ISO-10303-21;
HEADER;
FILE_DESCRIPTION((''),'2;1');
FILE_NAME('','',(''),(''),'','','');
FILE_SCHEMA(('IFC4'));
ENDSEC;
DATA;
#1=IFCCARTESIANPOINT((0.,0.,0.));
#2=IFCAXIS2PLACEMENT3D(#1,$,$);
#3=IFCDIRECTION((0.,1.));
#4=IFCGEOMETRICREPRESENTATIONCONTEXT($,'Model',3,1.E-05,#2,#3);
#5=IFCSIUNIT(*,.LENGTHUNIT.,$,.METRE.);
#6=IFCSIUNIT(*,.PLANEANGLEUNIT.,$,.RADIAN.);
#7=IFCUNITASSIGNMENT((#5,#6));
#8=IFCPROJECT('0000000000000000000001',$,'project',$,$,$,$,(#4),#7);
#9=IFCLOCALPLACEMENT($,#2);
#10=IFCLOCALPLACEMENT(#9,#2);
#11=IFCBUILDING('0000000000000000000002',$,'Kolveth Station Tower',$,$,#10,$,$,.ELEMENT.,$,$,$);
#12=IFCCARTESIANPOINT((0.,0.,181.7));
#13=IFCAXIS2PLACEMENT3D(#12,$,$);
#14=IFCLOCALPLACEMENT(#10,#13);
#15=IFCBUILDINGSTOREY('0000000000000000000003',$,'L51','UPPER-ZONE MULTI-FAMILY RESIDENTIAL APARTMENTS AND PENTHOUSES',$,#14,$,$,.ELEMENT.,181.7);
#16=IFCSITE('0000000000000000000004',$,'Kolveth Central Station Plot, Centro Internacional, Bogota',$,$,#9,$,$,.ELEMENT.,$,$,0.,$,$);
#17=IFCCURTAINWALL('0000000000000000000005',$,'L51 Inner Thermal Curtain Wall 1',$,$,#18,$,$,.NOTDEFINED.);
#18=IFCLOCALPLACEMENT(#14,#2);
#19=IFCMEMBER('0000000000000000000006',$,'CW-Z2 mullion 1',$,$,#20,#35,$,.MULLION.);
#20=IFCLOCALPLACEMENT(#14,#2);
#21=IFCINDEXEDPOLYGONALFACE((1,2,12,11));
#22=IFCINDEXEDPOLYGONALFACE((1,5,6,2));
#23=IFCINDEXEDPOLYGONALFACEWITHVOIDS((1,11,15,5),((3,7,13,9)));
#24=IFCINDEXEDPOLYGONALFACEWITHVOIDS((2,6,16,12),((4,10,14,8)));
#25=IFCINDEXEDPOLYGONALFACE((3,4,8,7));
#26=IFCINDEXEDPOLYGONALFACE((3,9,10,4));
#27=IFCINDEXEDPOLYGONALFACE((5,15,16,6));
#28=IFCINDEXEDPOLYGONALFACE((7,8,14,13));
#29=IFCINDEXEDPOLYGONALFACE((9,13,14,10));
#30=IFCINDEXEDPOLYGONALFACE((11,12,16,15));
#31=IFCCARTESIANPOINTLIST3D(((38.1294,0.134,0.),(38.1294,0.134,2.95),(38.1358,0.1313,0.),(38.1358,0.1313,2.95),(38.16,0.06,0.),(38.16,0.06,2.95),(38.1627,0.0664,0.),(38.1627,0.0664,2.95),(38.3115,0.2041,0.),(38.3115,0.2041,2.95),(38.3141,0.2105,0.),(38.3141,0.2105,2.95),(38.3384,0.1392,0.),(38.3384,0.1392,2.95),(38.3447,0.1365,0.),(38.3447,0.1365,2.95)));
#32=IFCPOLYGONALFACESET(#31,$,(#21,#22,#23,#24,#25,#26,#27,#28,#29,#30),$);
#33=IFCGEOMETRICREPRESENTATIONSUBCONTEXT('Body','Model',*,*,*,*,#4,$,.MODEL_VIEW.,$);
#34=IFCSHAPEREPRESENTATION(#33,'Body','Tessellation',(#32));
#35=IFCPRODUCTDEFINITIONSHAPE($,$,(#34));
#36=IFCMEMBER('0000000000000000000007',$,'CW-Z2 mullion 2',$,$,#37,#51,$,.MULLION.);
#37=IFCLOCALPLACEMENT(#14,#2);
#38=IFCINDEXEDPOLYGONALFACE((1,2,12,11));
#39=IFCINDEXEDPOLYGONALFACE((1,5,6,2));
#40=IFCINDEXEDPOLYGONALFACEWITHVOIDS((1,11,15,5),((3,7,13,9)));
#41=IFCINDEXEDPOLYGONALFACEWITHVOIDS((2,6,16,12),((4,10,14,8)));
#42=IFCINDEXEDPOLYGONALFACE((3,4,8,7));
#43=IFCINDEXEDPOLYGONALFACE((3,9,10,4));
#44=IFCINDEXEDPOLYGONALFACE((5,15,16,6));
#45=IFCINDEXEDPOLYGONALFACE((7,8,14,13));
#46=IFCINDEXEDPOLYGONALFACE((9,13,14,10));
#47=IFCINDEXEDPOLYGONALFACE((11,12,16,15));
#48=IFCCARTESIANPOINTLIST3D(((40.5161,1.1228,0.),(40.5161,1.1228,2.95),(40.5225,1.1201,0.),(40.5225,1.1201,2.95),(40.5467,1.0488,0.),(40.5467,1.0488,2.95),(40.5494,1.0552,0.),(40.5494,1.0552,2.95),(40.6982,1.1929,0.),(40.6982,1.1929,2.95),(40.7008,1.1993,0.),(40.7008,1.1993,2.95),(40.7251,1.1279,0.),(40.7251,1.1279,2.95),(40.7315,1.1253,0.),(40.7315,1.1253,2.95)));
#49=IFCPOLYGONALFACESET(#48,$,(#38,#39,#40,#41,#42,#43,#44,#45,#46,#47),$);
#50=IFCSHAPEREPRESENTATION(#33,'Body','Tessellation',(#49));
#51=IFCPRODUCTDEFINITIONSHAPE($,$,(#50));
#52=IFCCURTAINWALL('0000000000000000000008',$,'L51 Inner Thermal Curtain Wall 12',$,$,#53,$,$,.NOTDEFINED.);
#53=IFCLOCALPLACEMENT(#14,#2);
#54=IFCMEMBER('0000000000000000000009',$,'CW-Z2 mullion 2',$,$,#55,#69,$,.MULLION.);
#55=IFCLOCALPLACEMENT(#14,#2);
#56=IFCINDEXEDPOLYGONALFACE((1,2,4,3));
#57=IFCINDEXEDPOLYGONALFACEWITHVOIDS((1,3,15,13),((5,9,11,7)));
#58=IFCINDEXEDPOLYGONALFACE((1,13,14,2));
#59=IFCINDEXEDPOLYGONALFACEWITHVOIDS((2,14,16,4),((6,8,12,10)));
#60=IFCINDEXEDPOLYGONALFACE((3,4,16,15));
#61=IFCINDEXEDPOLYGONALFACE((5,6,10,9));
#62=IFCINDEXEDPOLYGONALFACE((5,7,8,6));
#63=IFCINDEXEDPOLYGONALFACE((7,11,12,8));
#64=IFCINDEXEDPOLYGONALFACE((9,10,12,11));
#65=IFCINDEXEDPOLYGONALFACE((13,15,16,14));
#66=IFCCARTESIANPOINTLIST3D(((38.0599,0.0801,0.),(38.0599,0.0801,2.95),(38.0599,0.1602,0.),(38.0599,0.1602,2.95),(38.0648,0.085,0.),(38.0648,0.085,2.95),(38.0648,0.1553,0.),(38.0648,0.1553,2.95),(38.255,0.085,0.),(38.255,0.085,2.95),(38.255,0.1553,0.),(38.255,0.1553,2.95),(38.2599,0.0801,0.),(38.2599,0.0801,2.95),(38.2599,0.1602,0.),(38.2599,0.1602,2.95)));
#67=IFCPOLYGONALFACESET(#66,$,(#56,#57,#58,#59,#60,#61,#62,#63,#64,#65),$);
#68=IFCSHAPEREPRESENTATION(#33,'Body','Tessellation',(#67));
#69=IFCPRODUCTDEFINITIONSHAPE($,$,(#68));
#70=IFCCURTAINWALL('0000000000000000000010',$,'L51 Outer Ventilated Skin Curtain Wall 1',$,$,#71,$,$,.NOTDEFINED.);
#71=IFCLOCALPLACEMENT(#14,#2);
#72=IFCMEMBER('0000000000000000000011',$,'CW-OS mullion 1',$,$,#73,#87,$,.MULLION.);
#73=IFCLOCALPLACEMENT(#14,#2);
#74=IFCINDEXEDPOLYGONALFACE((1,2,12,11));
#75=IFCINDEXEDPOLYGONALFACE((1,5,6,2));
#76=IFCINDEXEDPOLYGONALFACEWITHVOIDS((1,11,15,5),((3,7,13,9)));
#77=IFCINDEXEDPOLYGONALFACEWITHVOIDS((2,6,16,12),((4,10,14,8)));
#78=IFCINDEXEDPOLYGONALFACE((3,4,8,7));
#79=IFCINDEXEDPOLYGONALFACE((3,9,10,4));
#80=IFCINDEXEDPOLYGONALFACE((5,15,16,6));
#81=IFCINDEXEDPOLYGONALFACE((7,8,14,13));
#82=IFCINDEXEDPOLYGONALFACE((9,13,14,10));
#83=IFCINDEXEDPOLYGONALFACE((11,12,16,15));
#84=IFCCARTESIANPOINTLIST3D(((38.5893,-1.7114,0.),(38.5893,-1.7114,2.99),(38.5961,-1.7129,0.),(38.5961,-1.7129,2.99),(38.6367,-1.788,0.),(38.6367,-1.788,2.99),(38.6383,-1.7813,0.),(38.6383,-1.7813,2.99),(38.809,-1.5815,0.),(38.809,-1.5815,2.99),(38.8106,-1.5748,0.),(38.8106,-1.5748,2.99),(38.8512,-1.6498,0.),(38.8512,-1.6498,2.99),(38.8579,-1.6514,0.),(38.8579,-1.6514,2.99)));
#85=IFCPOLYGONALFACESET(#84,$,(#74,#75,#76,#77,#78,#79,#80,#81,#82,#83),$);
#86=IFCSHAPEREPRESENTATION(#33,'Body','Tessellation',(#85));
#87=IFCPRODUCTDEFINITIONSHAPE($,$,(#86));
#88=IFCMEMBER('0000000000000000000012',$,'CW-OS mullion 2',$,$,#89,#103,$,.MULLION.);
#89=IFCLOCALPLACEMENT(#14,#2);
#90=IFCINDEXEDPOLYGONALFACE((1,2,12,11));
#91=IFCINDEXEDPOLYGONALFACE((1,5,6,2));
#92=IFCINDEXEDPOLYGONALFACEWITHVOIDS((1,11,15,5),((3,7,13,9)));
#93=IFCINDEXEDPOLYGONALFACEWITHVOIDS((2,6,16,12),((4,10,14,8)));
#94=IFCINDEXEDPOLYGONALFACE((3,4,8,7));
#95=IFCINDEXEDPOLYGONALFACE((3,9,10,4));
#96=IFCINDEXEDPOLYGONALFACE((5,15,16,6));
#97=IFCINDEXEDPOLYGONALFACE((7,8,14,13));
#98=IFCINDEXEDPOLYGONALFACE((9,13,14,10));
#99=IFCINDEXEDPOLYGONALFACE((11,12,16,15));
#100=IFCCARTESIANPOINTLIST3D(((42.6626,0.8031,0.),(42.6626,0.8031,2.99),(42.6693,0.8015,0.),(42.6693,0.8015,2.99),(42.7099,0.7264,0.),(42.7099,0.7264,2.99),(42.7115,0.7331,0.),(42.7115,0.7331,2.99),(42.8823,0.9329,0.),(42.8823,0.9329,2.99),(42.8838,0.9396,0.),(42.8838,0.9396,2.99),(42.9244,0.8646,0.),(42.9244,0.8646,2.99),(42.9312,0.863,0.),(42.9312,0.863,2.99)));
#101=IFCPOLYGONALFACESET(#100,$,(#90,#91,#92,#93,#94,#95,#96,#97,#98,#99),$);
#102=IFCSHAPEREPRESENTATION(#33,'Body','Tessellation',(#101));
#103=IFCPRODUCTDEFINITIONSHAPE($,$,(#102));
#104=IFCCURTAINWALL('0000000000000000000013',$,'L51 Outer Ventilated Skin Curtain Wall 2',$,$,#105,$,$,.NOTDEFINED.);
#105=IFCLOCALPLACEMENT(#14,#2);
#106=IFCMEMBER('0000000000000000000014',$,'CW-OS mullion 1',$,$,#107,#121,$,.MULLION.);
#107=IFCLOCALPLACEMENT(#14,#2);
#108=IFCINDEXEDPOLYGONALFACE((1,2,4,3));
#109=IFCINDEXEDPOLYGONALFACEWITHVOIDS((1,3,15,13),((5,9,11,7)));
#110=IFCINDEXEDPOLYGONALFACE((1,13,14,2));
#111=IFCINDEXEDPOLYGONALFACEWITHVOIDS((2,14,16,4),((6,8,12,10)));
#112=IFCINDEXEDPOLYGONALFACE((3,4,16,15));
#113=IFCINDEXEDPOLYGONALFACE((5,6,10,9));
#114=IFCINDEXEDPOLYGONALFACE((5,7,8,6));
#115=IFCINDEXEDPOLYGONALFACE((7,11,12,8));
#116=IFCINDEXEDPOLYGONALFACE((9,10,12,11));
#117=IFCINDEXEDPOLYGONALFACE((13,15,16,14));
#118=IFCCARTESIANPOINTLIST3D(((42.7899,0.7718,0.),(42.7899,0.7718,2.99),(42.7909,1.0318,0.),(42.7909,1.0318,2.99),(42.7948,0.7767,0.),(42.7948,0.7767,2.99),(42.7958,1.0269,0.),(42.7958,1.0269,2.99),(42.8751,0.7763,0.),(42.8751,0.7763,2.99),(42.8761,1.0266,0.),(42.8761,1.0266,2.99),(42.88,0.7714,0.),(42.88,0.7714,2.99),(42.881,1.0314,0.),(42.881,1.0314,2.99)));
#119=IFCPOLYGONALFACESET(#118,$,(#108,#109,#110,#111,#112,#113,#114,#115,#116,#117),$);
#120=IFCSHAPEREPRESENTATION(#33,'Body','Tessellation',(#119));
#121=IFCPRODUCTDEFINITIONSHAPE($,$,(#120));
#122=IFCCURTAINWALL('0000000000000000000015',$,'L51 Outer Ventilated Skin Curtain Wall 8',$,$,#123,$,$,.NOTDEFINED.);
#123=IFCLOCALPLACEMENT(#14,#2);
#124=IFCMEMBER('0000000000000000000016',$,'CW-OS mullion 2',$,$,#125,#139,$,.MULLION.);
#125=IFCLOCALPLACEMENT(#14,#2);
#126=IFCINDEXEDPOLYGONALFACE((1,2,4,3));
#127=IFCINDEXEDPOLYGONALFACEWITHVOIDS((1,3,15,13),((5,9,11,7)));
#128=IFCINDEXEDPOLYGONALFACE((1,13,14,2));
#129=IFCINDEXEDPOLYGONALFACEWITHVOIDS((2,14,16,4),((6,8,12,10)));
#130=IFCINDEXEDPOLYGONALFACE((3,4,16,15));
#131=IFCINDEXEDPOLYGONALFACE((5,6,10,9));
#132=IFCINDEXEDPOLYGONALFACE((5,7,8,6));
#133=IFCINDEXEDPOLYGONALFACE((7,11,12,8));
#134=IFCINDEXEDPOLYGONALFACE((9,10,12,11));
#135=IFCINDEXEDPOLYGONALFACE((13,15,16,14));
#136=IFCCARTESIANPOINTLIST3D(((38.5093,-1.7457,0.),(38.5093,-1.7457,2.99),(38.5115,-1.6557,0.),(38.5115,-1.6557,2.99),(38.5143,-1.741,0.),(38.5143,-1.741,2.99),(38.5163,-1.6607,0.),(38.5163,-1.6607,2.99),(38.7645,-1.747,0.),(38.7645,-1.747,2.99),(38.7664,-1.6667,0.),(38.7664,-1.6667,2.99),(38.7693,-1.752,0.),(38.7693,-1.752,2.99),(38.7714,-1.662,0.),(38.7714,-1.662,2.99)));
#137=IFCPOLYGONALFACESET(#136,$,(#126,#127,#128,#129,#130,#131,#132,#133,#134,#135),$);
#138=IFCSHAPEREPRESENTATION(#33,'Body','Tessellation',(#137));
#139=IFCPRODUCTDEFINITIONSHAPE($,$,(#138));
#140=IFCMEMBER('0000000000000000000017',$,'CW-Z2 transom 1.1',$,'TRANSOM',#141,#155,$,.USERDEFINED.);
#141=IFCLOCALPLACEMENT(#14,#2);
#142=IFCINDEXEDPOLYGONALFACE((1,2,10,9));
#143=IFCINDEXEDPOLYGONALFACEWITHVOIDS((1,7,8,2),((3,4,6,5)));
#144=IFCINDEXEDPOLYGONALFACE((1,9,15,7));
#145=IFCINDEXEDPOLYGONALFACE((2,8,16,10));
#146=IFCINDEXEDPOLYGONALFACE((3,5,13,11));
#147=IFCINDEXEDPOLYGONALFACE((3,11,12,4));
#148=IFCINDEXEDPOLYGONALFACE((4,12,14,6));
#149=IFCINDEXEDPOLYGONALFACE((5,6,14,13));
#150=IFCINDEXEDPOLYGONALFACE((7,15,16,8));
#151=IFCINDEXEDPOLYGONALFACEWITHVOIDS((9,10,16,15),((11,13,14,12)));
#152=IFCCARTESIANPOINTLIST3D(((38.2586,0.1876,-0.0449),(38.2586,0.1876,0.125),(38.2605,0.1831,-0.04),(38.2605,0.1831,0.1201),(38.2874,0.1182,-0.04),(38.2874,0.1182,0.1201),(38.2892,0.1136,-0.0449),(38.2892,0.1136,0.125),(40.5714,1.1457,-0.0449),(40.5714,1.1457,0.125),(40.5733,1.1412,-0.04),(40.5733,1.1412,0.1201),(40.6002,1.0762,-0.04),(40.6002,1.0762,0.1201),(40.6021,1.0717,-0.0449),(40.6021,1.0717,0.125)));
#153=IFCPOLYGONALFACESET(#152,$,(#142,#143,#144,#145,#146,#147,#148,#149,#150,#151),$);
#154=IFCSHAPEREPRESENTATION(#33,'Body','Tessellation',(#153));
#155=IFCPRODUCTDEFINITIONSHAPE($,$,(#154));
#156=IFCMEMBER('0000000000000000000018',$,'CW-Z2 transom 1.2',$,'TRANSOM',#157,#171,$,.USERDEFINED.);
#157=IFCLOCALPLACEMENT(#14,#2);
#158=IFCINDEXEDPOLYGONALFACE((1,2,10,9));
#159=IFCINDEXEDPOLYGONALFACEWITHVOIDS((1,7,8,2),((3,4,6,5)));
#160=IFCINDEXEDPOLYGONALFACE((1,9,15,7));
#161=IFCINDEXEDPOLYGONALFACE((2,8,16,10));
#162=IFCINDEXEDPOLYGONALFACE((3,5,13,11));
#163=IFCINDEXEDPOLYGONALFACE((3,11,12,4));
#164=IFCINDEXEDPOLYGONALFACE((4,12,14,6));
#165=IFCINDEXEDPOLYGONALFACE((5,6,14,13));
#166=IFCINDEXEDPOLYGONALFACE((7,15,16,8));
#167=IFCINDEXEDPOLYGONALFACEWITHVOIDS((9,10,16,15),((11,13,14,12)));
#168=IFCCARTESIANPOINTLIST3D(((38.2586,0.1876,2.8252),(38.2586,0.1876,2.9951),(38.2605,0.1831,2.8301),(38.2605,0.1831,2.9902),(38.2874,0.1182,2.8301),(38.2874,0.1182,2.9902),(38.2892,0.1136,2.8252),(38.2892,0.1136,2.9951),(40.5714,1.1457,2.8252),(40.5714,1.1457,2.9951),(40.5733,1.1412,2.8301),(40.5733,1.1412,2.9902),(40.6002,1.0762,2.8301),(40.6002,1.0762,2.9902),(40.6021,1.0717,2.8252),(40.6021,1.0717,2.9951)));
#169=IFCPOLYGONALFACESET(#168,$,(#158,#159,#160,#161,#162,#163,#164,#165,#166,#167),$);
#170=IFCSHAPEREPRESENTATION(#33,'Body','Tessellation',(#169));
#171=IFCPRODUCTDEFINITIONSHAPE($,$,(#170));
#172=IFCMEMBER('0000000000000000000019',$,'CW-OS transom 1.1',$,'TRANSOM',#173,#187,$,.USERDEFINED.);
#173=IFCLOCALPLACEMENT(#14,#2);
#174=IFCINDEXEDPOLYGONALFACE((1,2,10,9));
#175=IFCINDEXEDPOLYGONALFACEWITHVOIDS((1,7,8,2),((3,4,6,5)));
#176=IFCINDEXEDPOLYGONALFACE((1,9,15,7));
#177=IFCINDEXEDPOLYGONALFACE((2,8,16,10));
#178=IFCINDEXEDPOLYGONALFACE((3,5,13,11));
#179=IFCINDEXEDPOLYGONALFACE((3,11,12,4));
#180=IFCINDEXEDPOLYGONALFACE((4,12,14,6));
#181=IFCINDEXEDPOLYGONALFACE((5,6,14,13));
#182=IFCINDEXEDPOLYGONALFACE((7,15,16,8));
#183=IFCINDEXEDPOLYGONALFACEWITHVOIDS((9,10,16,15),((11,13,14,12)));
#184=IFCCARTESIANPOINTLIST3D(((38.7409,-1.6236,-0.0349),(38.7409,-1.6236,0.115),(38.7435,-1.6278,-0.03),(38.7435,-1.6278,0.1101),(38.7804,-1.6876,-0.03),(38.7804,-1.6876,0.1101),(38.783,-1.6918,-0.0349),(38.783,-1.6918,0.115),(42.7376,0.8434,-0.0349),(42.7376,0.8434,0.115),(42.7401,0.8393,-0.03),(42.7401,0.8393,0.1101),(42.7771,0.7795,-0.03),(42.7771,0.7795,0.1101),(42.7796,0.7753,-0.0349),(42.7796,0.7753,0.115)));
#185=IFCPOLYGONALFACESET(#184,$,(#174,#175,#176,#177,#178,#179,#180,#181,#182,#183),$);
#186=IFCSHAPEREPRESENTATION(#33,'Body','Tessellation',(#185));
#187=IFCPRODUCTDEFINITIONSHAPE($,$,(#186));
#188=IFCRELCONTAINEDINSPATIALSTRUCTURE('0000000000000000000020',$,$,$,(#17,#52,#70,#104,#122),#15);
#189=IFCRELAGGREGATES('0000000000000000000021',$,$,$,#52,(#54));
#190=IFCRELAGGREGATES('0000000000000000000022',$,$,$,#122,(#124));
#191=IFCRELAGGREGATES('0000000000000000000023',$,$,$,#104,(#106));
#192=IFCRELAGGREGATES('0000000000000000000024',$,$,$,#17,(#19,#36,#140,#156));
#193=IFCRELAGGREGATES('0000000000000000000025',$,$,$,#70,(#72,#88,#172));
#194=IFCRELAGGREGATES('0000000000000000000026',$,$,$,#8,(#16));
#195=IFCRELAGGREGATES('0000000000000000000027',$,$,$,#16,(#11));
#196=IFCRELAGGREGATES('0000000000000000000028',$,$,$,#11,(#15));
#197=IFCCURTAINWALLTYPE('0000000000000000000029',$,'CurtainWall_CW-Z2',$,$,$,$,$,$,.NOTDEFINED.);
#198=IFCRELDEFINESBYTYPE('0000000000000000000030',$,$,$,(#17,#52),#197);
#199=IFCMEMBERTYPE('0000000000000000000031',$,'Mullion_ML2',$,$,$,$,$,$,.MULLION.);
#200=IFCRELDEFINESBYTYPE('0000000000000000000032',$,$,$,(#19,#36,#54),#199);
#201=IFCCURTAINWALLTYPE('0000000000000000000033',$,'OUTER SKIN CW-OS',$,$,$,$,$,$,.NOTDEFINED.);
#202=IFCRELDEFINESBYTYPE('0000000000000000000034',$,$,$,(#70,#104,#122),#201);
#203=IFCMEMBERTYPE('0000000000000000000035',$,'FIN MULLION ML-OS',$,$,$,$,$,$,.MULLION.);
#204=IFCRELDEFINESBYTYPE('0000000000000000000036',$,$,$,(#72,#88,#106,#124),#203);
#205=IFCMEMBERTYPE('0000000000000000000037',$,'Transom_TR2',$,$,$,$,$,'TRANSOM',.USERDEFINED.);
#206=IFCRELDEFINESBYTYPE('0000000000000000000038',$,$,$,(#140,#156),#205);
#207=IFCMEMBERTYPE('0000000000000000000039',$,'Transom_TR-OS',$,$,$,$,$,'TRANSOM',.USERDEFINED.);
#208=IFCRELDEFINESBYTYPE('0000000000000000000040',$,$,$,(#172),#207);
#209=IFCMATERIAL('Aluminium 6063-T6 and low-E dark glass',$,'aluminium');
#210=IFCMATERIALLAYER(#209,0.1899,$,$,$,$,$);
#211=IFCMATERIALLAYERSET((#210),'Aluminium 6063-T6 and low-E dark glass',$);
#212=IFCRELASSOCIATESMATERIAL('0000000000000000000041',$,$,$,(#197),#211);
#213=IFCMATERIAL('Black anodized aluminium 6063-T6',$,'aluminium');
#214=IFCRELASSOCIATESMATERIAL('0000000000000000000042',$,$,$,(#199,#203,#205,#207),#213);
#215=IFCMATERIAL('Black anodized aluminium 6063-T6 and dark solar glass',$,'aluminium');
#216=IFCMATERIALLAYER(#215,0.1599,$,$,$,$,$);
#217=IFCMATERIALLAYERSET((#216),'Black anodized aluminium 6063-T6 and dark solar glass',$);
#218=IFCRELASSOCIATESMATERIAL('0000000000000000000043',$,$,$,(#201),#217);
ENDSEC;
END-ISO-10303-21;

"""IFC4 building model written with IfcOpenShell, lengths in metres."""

from ifc_helpers import new_model, si_unit, direction, frame, origin, origin_2d, place, context, subcontext, project, spatial, hollow_rectangle, extrude, source, transform, mapped, material, layer, layer_set, material_profile, profile_set, type_object, element, aggregate, save


model = new_model("IFC4")

# Units and contexts
model_context = context("Model", 3, precision=1e-05, world=origin(), true_north=direction((0.0, 1.0)))
body_context = subcontext(model_context, "Body", "Model", "MODEL_VIEW")
ifc_project = project(units=[si_unit("LENGTHUNIT", "METRE"), si_unit("PLANEANGLEUNIT", "RADIAN")], contexts=[model_context])

# Site, building, storey
site_placement = place(None, origin())
site = spatial("IfcSite", under=ifc_project, at=site_placement, Name="Kolveth Central Station Plot, Centro Internacional, Bogota", CompositionType="ELEMENT", RefElevation=0.0)
building_placement = place(site_placement, origin())
building = spatial("IfcBuilding", under=site, at=building_placement, Name="Kolveth Station Tower", CompositionType="ELEMENT")
storey_placement = place(building_placement, frame((0.0, 0.0, 181.7)))
storey = spatial("IfcBuildingStorey", under=building, at=storey_placement, Name="L51", Description="UPPER-ZONE MULTI-FAMILY RESIDENTIAL APARTMENTS AND PENTHOUSES", CompositionType="ELEMENT", Elevation=181.7)

# Curtain wall, members
ifc_material_1 = material(Name="Aluminium 6063-T6 and low-E dark glass", Category="aluminium")
ifc_layer_1 = layer(ifc_material_1, 0.1899)
ifc_layer_set_1 = layer_set([ifc_layer_1], Name="Aluminium 6063-T6 and low-E dark glass")
curtain_wall_type_1 = type_object("IfcCurtainWallType", Name="CurtainWall_CW-Z2", PredefinedType="NOTDEFINED", material=ifc_layer_set_1)
curtain_wall_1_placement = place(storey_placement, origin())
curtain_wall_1 = element("IfcCurtainWall", 1, at=curtain_wall_1_placement, inside=storey, type_object=curtain_wall_type_1, Name="L51 Inner Thermal Curtain Wall 1", PredefinedType="NOTDEFINED")
ifc_material_2 = material(Name="Black anodized aluminium 6063-T6", Category="aluminium")
ifc_material_profile_1 = material_profile(ifc_material_2, hollow_rectangle(XDim=0.0801, YDim=0.2, WallThickness=0.0049, at=origin_2d()), Name="ALU-80x200x5")
ifc_profile_set_1 = profile_set([ifc_material_profile_1], Name="Black anodized aluminium 6063-T6")
member_type_1 = type_object("IfcMemberType", Name="Mullion_ML2", PredefinedType="MULLION", material=ifc_profile_set_1)
shared_shape_1 = source(origin(), body_context, "Body", "SweptSolid", [
    extrude(hollow_rectangle(XDim=0.0801, YDim=0.2, WallThickness=0.0049, at=origin_2d()), origin(), (0.0, 0.0, 1.0), 2.95),
])
member_1_placement = place(storey_placement, frame((38.2371, 0.1353, 0.0), z_axis=(0.0, 0.0, 1.0), x_axis=(-0.382698, 0.923874, 0.0)))
member_1 = element("IfcMember", 2, at=member_1_placement, type_object=member_type_1, Name="CW-Z2 mullion 1", PredefinedType="MULLION", context=body_context, shape_type="MappedRepresentation", body=[
    mapped(shared_shape_1, transform((0.0, 0.0, 0.0), x_axis=(1.0, 0.0, 0.0), y_axis=(0.0, 1.0, 0.0), z_axis=(0.0, 0.0, 1.0), scale=1.0)),
])
member_2_placement = place(storey_placement, frame((40.6238, 1.124, 0.0), z_axis=(0.0, 0.0, 1.0), x_axis=(-0.382698, 0.923874, 0.0)))
member_2 = element("IfcMember", 3, at=member_2_placement, type_object=member_type_1, Name="CW-Z2 mullion 2", PredefinedType="MULLION", context=body_context, shape_type="MappedRepresentation", body=[
    mapped(shared_shape_1, transform((0.0, 0.0, 0.0), x_axis=(1.0, 0.0, 0.0), y_axis=(0.0, 1.0, 0.0), z_axis=(0.0, 0.0, 1.0), scale=1.0)),
])

# Curtain wall, member
curtain_wall_2_placement = place(storey_placement, origin())
curtain_wall_2 = element("IfcCurtainWall", 4, at=curtain_wall_2_placement, inside=storey, type_object=curtain_wall_type_1, Name="L51 Inner Thermal Curtain Wall 12", PredefinedType="NOTDEFINED")
member_3_placement = place(storey_placement, frame((38.1599, 0.1201, 0.0), z_axis=(0.0, 0.0, 1.0), x_axis=(0.0, 1.0, 0.0)))
member_3 = element("IfcMember", 5, at=member_3_placement, type_object=member_type_1, Name="CW-Z2 mullion 2", PredefinedType="MULLION", context=body_context, shape_type="MappedRepresentation", body=[
    mapped(shared_shape_1, transform((0.0, 0.0, 0.0), x_axis=(1.0, 0.0, 0.0), y_axis=(0.0, 1.0, 0.0), z_axis=(0.0, 0.0, 1.0), scale=1.0)),
])
aggregate(curtain_wall_2, [member_3])

# Curtain wall, members
ifc_material_3 = material(Name="Black anodized aluminium 6063-T6 and dark solar glass", Category="aluminium")
ifc_layer_2 = layer(ifc_material_3, 0.1599)
ifc_layer_set_2 = layer_set([ifc_layer_2], Name="Black anodized aluminium 6063-T6 and dark solar glass")
curtain_wall_type_2 = type_object("IfcCurtainWallType", Name="OUTER SKIN CW-OS", PredefinedType="NOTDEFINED", material=ifc_layer_set_2)
curtain_wall_3_placement = place(storey_placement, origin())
curtain_wall_3 = element("IfcCurtainWall", 6, at=curtain_wall_3_placement, inside=storey, type_object=curtain_wall_type_2, Name="L51 Outer Ventilated Skin Curtain Wall 1", PredefinedType="NOTDEFINED")
ifc_material_profile_2 = material_profile(ifc_material_2, hollow_rectangle(XDim=0.0901, YDim=0.26, WallThickness=0.0049, at=origin_2d()), Name="ALU-90x260x5")
ifc_profile_set_2 = profile_set([ifc_material_profile_2], Name="Black anodized aluminium 6063-T6")
member_type_2 = type_object("IfcMemberType", Name="FIN MULLION ML-OS", PredefinedType="MULLION", material=ifc_profile_set_2)
shared_shape_2 = source(origin(), body_context, "Body", "SweptSolid", [
    extrude(hollow_rectangle(XDim=0.0901, YDim=0.26, WallThickness=0.0049, at=origin_2d()), origin(), (0.0, 0.0, 1.0), 2.99),
])
member_4_placement = place(storey_placement, frame((38.7236, -1.6814, 0.0), z_axis=(0.0, 0.0, 1.0), x_axis=(-0.525259, 0.850942, 0.0)))
member_4 = element("IfcMember", 7, at=member_4_placement, type_object=member_type_2, Name="CW-OS mullion 1", PredefinedType="MULLION", context=body_context, shape_type="MappedRepresentation", body=[
    mapped(shared_shape_2, transform((0.0, 0.0, 0.0), x_axis=(1.0, 0.0, 0.0), y_axis=(0.0, 1.0, 0.0), z_axis=(0.0, 0.0, 1.0), scale=1.0)),
])
member_5_placement = place(storey_placement, frame((42.7969, 0.833, 0.0), z_axis=(0.0, 0.0, 1.0), x_axis=(-0.525259, 0.850942, 0.0)))
member_5 = element("IfcMember", 8, at=member_5_placement, type_object=member_type_2, Name="CW-OS mullion 2", PredefinedType="MULLION", context=body_context, shape_type="MappedRepresentation", body=[
    mapped(shared_shape_2, transform((0.0, 0.0, 0.0), x_axis=(1.0, 0.0, 0.0), y_axis=(0.0, 1.0, 0.0), z_axis=(0.0, 0.0, 1.0), scale=1.0)),
])

# Curtain walls, members
curtain_wall_4_placement = place(storey_placement, origin())
curtain_wall_4 = element("IfcCurtainWall", 9, at=curtain_wall_4_placement, inside=storey, type_object=curtain_wall_type_2, Name="L51 Outer Ventilated Skin Curtain Wall 2", PredefinedType="NOTDEFINED")
member_6_placement = place(storey_placement, frame((42.8354, 0.9016, 0.0), z_axis=(0.0, 0.0, 1.0), x_axis=(-0.999992, 0.003991, 0.0)))
member_6 = element("IfcMember", 10, at=member_6_placement, type_object=member_type_2, Name="CW-OS mullion 1", PredefinedType="MULLION", context=body_context, shape_type="MappedRepresentation", body=[
    mapped(shared_shape_2, transform((0.0, 0.0, 0.0), x_axis=(1.0, 0.0, 0.0), y_axis=(0.0, 1.0, 0.0), z_axis=(0.0, 0.0, 1.0), scale=1.0)),
])
curtain_wall_5_placement = place(storey_placement, origin())
curtain_wall_5 = element("IfcCurtainWall", 11, at=curtain_wall_5_placement, inside=storey, type_object=curtain_wall_type_2, Name="L51 Outer Ventilated Skin Curtain Wall 8", PredefinedType="NOTDEFINED")
member_7_placement = place(storey_placement, frame((38.6404, -1.7039, 0.0), z_axis=(0.0, 0.0, 1.0), x_axis=(0.024258, 0.999706, 0.0)))
member_7 = element("IfcMember", 12, at=member_7_placement, type_object=member_type_2, Name="CW-OS mullion 2", PredefinedType="MULLION", context=body_context, shape_type="MappedRepresentation", body=[
    mapped(shared_shape_2, transform((0.0, 0.0, 0.0), x_axis=(1.0, 0.0, 0.0), y_axis=(0.0, 1.0, 0.0), z_axis=(0.0, 0.0, 1.0), scale=1.0)),
])
aggregate(curtain_wall_5, [member_7])

# Members
ifc_material_profile_3 = material_profile(ifc_material_2, hollow_rectangle(XDim=0.0801, YDim=0.1699, WallThickness=0.0049, at=origin_2d()), Name="ALU-80x170x5")
ifc_profile_set_3 = profile_set([ifc_material_profile_3], Name="Black anodized aluminium 6063-T6")
member_type_3 = type_object("IfcMemberType", Name="Transom_TR2", ElementType="TRANSOM", PredefinedType="USERDEFINED", material=ifc_profile_set_3)
shared_shape_3 = source(origin(), body_context, "Body", "SweptSolid", [
    extrude(hollow_rectangle(XDim=0.0801, YDim=0.1699, WallThickness=0.0049, at=origin_2d()), origin(), (0.0, 0.0, 1.0), 2.5034),
])
member_8_placement = place(storey_placement, frame((38.2739, 0.1506, 0.04), z_axis=(0.923874, 0.382696, 0.0), x_axis=(-0.382696, 0.923874, 0.0)))
member_8 = element("IfcMember", 13, at=member_8_placement, type_object=member_type_3, Name="CW-Z2 transom 1.1", ObjectType="TRANSOM", PredefinedType="USERDEFINED", context=body_context, shape_type="MappedRepresentation", body=[
    mapped(shared_shape_3, transform((0.0, 0.0, 0.0), x_axis=(1.0, 0.0, 0.0), y_axis=(0.0, 1.0, 0.0), z_axis=(0.0, 0.0, 1.0), scale=1.0)),
])
member_9_placement = place(storey_placement, frame((38.2739, 0.1506, 2.9102), z_axis=(0.923874, 0.382696, 0.0), x_axis=(-0.382696, 0.923874, 0.0)))
member_9 = element("IfcMember", 14, at=member_9_placement, type_object=member_type_3, Name="CW-Z2 transom 1.2", ObjectType="TRANSOM", PredefinedType="USERDEFINED", context=body_context, shape_type="MappedRepresentation", body=[
    mapped(shared_shape_3, transform((0.0, 0.0, 0.0), x_axis=(1.0, 0.0, 0.0), y_axis=(0.0, 1.0, 0.0), z_axis=(0.0, 0.0, 1.0), scale=1.0)),
])
ifc_material_profile_4 = material_profile(ifc_material_2, hollow_rectangle(XDim=0.0801, YDim=0.1499, WallThickness=0.0049, at=origin_2d()), Name="ALU-80x150x5")
ifc_profile_set_4 = profile_set([ifc_material_profile_4], Name="Black anodized aluminium 6063-T6")
member_type_4 = type_object("IfcMemberType", Name="Transom_TR-OS", ElementType="TRANSOM", PredefinedType="USERDEFINED", material=ifc_profile_set_4)
shared_shape_4 = source(origin(), body_context, "Body", "SweptSolid", [
    extrude(hollow_rectangle(XDim=0.0801, YDim=0.1499, WallThickness=0.0049, at=origin_2d()), origin(), (0.0, 0.0, 1.0), 4.6968),
])
member_10_placement = place(storey_placement, frame((38.762, -1.6577, 0.04), z_axis=(0.850935, 0.525272, 0.0), x_axis=(-0.525272, 0.850935, 0.0)))
member_10 = element("IfcMember", 15, at=member_10_placement, type_object=member_type_4, Name="CW-OS transom 1.1", ObjectType="TRANSOM", PredefinedType="USERDEFINED", context=body_context, shape_type="MappedRepresentation", body=[
    mapped(shared_shape_4, transform((0.0, 0.0, 0.0), x_axis=(1.0, 0.0, 0.0), y_axis=(0.0, 1.0, 0.0), z_axis=(0.0, 0.0, 1.0), scale=1.0)),
])
aggregate(curtain_wall_4, [member_6])

aggregate(curtain_wall_1, [member_1, member_2, member_8, member_9])
aggregate(curtain_wall_3, [member_4, member_5, member_10])

save(model, "model.ifc")
